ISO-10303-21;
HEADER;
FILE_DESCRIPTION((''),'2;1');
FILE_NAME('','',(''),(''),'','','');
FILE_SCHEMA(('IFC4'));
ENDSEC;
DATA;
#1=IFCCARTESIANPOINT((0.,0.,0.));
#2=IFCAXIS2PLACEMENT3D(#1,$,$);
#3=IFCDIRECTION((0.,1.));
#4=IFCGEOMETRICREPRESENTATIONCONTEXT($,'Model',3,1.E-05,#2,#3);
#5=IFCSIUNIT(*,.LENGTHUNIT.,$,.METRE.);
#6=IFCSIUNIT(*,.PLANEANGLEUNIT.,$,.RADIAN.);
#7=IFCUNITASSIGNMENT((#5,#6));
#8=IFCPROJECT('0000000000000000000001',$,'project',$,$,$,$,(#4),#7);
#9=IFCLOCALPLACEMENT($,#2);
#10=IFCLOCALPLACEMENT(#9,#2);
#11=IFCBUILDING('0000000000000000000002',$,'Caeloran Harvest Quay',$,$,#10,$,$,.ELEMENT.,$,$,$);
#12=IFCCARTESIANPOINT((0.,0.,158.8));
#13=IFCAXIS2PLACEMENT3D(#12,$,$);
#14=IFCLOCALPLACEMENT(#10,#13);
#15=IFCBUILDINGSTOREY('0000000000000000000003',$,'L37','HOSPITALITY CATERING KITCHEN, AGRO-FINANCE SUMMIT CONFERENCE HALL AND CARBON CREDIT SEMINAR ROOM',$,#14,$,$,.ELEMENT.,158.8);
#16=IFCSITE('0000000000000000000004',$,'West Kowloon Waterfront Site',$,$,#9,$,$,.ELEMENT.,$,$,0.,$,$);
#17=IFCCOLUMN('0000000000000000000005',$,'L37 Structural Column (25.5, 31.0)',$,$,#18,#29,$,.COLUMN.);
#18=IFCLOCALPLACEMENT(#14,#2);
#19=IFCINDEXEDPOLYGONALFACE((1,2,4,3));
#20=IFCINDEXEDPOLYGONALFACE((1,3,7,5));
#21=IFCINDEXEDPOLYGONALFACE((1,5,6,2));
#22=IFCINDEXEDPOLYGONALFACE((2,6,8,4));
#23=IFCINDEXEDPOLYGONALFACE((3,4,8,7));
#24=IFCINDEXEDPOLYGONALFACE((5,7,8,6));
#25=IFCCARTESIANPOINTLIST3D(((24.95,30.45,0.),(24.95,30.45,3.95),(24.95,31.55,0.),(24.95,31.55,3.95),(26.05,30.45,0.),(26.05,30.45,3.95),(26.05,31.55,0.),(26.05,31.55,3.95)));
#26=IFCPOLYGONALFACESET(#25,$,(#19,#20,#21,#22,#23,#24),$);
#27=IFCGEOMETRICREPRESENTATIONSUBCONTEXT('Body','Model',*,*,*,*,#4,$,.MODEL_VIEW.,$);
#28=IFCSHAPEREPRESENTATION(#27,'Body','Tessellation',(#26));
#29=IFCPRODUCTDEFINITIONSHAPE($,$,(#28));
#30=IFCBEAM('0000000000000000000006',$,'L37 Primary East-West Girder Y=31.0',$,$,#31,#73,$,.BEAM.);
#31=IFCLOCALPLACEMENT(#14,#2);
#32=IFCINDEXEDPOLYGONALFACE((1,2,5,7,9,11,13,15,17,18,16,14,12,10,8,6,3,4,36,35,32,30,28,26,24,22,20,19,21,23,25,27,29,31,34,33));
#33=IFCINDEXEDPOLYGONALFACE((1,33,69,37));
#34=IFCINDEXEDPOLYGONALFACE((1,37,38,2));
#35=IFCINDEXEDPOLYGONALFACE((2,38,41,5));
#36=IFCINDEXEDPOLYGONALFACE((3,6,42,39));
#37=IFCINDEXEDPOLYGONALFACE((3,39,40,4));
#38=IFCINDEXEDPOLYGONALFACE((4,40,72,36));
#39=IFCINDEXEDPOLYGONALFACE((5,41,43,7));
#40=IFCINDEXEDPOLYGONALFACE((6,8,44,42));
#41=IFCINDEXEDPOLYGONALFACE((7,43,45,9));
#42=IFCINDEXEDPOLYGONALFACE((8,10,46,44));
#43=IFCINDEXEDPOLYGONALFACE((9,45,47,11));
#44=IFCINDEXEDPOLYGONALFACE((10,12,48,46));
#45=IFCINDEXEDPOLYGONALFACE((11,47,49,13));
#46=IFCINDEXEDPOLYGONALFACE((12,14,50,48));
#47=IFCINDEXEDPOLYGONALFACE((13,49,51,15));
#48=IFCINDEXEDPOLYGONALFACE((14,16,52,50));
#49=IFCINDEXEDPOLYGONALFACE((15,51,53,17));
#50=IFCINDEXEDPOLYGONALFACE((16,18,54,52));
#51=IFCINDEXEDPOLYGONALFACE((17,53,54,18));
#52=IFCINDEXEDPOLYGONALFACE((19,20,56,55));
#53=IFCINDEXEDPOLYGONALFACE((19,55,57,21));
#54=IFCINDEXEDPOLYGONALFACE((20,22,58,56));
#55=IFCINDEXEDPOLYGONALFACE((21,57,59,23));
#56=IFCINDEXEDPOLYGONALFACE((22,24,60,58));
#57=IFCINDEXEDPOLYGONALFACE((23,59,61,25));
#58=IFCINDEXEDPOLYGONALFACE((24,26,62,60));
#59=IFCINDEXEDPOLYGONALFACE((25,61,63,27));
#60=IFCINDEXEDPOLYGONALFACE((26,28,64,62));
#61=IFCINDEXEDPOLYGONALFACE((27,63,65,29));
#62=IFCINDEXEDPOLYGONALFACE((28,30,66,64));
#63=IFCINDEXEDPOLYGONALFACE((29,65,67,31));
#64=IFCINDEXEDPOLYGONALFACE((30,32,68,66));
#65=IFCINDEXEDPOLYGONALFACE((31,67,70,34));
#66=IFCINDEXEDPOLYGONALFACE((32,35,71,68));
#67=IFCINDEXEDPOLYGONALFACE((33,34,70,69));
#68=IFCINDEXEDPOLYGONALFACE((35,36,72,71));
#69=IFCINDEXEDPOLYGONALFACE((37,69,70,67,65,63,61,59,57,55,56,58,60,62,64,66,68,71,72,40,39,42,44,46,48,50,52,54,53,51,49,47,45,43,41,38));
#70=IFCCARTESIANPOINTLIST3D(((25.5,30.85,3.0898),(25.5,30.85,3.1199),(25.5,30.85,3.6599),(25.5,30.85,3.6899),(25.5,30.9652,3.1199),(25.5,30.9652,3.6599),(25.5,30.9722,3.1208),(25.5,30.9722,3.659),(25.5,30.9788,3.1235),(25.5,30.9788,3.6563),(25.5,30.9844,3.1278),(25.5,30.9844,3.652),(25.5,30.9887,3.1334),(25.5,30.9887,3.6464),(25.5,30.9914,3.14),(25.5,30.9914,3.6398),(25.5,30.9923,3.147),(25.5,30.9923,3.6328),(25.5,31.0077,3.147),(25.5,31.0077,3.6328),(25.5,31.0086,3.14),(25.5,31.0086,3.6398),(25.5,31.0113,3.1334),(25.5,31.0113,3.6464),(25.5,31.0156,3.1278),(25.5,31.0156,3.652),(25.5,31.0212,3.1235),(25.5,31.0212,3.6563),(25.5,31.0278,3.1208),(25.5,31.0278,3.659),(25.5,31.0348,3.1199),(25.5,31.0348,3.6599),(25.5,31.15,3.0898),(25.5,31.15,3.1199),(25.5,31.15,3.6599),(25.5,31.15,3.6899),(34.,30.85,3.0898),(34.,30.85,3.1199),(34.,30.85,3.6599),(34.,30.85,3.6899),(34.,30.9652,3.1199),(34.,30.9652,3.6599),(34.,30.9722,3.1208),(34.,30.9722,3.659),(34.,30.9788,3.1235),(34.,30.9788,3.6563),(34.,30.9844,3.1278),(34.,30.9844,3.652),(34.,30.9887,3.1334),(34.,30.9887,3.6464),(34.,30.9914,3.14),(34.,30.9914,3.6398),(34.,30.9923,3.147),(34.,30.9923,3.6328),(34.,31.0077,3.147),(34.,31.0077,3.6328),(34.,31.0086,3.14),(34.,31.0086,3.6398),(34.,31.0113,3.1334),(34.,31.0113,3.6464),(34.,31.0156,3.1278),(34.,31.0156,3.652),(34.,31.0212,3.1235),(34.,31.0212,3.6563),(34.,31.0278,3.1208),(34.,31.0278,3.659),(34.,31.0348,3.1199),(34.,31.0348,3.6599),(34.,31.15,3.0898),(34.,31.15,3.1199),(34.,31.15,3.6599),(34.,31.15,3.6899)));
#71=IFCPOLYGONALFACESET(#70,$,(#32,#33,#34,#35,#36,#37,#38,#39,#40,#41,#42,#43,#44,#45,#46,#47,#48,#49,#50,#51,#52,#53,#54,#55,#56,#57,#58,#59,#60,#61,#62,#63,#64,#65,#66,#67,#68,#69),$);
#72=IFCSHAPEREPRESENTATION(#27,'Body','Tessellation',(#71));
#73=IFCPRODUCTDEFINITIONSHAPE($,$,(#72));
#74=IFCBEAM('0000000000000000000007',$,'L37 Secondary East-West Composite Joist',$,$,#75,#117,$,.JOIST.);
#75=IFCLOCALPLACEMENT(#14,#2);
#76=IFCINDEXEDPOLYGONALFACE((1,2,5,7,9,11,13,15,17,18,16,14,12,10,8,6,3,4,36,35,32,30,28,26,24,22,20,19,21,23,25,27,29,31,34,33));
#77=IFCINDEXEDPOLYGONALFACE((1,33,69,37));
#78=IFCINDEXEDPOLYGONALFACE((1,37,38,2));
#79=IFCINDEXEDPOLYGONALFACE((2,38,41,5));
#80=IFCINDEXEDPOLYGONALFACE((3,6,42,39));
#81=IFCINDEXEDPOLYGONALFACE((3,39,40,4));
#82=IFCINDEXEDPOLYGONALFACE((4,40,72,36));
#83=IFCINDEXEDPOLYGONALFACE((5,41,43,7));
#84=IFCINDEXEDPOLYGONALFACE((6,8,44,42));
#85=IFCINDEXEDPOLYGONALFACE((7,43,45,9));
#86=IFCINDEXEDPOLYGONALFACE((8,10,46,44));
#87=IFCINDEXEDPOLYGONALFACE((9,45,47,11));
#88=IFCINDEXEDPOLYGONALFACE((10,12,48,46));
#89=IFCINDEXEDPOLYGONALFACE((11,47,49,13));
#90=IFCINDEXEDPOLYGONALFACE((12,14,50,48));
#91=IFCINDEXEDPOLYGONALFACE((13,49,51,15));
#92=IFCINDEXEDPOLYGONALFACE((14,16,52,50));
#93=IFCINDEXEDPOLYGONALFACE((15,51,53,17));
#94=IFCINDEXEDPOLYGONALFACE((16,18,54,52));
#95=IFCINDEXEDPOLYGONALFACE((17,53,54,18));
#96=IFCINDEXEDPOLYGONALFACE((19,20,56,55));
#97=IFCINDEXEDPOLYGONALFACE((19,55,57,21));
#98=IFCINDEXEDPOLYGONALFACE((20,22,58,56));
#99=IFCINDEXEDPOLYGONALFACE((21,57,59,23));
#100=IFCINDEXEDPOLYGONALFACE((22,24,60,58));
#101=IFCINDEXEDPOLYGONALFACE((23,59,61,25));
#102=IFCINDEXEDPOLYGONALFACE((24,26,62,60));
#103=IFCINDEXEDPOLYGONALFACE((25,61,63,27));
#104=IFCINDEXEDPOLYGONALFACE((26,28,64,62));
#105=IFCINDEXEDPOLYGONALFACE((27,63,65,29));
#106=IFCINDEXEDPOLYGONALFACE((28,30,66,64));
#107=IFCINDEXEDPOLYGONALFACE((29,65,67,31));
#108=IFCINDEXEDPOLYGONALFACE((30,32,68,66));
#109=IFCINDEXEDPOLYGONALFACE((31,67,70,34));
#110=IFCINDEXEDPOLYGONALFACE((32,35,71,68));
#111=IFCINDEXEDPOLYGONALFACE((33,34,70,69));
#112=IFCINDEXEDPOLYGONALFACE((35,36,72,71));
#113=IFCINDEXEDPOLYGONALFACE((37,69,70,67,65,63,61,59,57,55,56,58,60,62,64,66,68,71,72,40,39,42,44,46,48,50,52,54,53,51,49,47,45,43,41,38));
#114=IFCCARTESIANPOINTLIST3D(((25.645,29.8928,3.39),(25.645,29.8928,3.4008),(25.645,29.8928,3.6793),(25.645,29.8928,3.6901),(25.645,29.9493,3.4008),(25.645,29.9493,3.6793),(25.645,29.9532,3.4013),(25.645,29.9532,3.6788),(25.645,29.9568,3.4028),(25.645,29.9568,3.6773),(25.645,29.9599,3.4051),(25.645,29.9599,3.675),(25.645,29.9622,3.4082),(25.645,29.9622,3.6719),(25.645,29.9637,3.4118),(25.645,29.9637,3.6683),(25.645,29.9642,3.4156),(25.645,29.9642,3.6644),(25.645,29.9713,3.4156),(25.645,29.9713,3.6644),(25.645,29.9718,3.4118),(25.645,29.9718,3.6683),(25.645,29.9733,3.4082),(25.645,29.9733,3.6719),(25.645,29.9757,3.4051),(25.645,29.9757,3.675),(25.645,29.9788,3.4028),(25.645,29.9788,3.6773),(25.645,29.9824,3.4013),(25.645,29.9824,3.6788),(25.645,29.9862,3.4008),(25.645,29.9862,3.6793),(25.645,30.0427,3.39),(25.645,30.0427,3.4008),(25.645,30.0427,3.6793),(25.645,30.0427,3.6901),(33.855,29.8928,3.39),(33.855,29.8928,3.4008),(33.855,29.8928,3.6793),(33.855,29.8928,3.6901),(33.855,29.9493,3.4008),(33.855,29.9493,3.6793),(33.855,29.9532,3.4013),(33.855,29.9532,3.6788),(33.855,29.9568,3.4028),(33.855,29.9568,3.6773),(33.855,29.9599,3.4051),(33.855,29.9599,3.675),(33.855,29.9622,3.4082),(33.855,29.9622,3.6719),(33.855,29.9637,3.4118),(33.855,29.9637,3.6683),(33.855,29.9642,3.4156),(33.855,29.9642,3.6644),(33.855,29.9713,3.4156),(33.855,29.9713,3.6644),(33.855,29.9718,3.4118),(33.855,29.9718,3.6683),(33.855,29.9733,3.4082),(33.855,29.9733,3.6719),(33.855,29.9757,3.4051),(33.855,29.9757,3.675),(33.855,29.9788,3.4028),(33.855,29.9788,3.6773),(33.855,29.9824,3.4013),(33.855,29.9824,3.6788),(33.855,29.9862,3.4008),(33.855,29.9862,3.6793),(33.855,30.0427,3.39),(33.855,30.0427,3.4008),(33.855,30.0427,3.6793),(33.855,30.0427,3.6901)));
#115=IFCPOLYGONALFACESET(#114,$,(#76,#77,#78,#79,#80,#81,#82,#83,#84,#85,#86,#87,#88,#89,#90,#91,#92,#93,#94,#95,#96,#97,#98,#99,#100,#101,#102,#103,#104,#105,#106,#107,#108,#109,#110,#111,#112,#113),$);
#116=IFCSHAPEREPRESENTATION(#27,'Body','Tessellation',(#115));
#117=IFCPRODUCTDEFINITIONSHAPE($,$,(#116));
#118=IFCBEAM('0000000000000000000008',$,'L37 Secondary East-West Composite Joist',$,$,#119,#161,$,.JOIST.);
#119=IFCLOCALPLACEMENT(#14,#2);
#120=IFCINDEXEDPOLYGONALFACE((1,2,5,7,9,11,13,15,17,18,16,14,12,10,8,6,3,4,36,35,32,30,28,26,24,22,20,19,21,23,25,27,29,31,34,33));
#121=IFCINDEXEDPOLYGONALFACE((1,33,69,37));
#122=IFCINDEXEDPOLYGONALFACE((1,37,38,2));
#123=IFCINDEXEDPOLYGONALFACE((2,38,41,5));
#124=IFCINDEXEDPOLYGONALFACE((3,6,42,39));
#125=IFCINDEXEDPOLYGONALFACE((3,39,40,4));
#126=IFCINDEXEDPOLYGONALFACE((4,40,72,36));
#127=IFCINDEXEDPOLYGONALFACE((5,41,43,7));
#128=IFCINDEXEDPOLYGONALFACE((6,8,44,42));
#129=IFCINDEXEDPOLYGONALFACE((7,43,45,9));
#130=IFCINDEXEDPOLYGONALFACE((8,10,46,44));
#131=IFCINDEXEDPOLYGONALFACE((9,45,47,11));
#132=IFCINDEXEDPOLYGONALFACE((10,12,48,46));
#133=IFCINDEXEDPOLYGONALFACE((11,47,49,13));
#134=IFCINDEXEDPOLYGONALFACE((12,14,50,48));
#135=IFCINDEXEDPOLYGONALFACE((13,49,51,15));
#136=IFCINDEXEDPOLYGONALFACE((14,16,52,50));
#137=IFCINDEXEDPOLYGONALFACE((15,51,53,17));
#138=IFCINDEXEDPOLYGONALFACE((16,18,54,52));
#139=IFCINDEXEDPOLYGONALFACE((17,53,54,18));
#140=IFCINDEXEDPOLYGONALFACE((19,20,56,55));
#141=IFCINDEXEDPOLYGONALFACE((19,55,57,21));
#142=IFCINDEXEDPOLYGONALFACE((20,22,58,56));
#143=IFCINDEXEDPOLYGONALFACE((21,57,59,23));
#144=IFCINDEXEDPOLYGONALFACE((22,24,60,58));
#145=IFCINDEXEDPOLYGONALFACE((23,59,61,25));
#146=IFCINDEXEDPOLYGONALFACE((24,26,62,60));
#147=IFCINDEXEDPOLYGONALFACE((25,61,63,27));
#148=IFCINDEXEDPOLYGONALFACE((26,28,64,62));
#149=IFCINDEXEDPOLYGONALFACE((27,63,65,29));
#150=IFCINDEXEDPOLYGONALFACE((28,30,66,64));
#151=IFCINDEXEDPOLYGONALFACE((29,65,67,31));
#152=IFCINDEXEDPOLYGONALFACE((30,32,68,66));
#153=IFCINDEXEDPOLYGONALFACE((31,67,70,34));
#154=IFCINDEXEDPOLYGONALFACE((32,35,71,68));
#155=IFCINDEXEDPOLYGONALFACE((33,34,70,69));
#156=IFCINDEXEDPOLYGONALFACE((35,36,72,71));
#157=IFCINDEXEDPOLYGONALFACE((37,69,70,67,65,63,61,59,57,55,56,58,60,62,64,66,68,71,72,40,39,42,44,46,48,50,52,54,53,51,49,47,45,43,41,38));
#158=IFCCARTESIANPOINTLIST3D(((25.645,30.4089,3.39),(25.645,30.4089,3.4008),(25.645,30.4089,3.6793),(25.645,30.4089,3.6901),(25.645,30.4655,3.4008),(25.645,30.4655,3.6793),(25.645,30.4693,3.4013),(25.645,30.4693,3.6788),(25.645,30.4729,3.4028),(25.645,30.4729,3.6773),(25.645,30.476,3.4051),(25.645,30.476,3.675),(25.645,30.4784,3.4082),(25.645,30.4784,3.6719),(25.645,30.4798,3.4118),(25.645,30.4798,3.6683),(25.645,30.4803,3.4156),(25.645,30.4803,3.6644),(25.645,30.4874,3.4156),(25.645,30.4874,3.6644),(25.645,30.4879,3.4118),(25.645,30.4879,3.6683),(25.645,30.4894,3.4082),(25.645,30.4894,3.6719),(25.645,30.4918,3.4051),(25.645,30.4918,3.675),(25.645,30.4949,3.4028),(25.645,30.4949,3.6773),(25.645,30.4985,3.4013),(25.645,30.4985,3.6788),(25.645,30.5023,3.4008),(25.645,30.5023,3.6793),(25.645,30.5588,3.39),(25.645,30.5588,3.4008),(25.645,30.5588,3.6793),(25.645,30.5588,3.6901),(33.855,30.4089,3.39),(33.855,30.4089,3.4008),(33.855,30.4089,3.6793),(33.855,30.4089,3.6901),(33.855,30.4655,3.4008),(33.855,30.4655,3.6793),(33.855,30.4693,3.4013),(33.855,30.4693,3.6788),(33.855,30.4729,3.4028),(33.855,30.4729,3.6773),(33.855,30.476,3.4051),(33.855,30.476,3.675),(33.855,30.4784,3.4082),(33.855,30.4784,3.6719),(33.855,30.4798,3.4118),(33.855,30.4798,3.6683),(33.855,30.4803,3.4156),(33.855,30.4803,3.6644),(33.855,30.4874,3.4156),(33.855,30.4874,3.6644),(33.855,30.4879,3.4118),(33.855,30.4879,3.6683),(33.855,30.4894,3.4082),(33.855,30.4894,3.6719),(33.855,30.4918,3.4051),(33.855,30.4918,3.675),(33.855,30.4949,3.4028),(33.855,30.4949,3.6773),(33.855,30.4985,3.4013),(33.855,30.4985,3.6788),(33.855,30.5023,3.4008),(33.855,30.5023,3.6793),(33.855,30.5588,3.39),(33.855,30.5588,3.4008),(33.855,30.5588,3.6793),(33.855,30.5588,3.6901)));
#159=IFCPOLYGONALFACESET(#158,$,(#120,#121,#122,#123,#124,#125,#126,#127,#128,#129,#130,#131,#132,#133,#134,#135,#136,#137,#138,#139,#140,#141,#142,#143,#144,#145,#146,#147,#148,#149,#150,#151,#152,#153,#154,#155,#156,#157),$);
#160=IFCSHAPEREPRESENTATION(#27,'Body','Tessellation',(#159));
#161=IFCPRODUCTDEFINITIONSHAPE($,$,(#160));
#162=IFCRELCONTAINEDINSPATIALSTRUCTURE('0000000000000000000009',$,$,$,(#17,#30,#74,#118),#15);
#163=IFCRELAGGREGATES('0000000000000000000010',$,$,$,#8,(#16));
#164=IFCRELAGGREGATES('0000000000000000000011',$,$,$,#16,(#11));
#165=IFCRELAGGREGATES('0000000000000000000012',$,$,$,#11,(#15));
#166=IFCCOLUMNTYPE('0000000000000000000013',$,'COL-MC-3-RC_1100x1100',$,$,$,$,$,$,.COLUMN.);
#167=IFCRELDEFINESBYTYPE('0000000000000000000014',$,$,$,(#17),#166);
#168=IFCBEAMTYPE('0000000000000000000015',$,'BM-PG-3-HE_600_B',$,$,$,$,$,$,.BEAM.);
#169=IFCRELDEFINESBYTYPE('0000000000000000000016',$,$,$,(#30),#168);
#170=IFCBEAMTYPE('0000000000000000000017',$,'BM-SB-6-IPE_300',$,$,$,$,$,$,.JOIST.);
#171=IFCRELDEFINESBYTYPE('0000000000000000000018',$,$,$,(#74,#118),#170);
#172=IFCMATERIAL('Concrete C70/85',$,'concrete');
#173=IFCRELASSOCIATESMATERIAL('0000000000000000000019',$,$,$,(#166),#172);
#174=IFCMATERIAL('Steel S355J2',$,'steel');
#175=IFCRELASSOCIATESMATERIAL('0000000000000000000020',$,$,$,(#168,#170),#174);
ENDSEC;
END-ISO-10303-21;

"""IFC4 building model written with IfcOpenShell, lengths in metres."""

from ifc_helpers import new_model, si_unit, direction, frame, origin, origin_2d, place, context, subcontext, project, spatial, rectangle, i_section, extrude, material, material_profile, profile_set, type_object, element, save


model = new_model("IFC4")

# Units and contexts
model_context = context("Model", 3, precision=1e-05, world=origin(), true_north=direction((0.0, 1.0)))
body_context = subcontext(model_context, "Body", "Model", "MODEL_VIEW")
ifc_project = project(units=[si_unit("LENGTHUNIT", "METRE"), si_unit("PLANEANGLEUNIT", "RADIAN")], contexts=[model_context])

# Site, building, storey
site_placement = place(None, origin())
site = spatial("IfcSite", under=ifc_project, at=site_placement, Name="West Kowloon Waterfront Site", CompositionType="ELEMENT", RefElevation=0.0)
building_placement = place(site_placement, origin())
building = spatial("IfcBuilding", under=site, at=building_placement, Name="Caeloran Harvest Quay", CompositionType="ELEMENT")
storey_placement = place(building_placement, frame((0.0, 0.0, 158.8)))
storey = spatial("IfcBuildingStorey", under=building, at=storey_placement, Name="L37", Description="HOSPITALITY CATERING KITCHEN, AGRO-FINANCE SUMMIT CONFERENCE HALL AND CARBON CREDIT SEMINAR ROOM", CompositionType="ELEMENT", Elevation=158.8)

# Column
ifc_material_1 = material(Name="Concrete C70/85", Category="concrete")
ifc_material_profile_1 = material_profile(ifc_material_1, rectangle(XDim=1.1001, YDim=1.1001, at=origin_2d()), Name="RC 1100x1100")
ifc_profile_set_1 = profile_set([ifc_material_profile_1], Name="Concrete C70/85")
column_type = type_object("IfcColumnType", Name="COL-MC-3-RC_1100x1100", PredefinedType="COLUMN", material=ifc_profile_set_1)
column_placement = place(storey_placement, frame((25.5, 31.0, 0.0), z_axis=(0.0, 0.0, 1.0), x_axis=(1.0, 0.0, 0.0)))
element("IfcColumn", 1, at=column_placement, inside=storey, type_object=column_type, Name="L37 Structural Column (25.5, 31.0)", PredefinedType="COLUMN", context=body_context, shape_type="SweptSolid", body=[
    extrude(rectangle(XDim=1.1001, YDim=1.1001, at=origin_2d()), origin(), (0.0, 0.0, 1.0), 3.95),
])

# Beams
ifc_material_2 = material(Name="Steel S355J2", Category="steel")
ifc_material_profile_2 = material_profile(ifc_material_2, i_section(OverallWidth=0.3, OverallDepth=0.6001, WebThickness=0.0154, FlangeThickness=0.03, FilletRadius=0.0271, at=origin_2d()), Name="HE 600 B")
ifc_profile_set_2 = profile_set([ifc_material_profile_2], Name="Steel S355J2")
beam_type_1 = type_object("IfcBeamType", Name="BM-PG-3-HE_600_B", PredefinedType="BEAM", material=ifc_profile_set_2)
beam_placement = place(storey_placement, frame((25.5, 31.0, 3.3899), z_axis=(1.0, 0.0, 0.0), x_axis=(0.0, 1.0, 0.0)))
element("IfcBeam", 2, at=beam_placement, inside=storey, type_object=beam_type_1, Name="L37 Primary East-West Girder Y=31.0", PredefinedType="BEAM", context=body_context, shape_type="SweptSolid", body=[
    extrude(i_section(OverallWidth=0.3, OverallDepth=0.6001, WebThickness=0.0154, FlangeThickness=0.03, FilletRadius=0.0271, at=origin_2d()), origin(), (0.0, 0.0, 1.0), 8.5),
])
ifc_material_profile_3 = material_profile(ifc_material_2, i_section(OverallWidth=0.1499, OverallDepth=0.3, WebThickness=0.0071, FlangeThickness=0.0107, FilletRadius=0.0149, at=origin_2d()), Name="IPE 300")
ifc_profile_set_3 = profile_set([ifc_material_profile_3], Name="Steel S355J2")
beam_type_2 = type_object("IfcBeamType", Name="BM-SB-6-IPE_300", PredefinedType="JOIST", material=ifc_profile_set_3)
for number, where, z_axis, x_axis, name in (
    (3, (25.645, 29.9678, 3.54), (1.0, 0.0, 0.0), (0.0, 1.0, 0.0), "L37 Secondary East-West Composite Joist"),
    (4, (25.645, 30.4839, 3.54), (1.0, 0.0, 0.0), (0.0, 1.0, 0.0), "L37 Secondary East-West Composite Joist"),
):
    element("IfcBeam", number, at=place(storey_placement, frame(where, z_axis=z_axis, x_axis=x_axis)), inside=storey, type_object=beam_type_2, Name=name, PredefinedType="JOIST", context=body_context, shape_type="SweptSolid", body=[
        extrude(i_section(OverallWidth=0.1499, OverallDepth=0.3, WebThickness=0.0071, FlangeThickness=0.0107, FilletRadius=0.0149, at=origin_2d()), origin(), (0.0, 0.0, 1.0), 8.21),
    ])

save(model, "model.ifc")
